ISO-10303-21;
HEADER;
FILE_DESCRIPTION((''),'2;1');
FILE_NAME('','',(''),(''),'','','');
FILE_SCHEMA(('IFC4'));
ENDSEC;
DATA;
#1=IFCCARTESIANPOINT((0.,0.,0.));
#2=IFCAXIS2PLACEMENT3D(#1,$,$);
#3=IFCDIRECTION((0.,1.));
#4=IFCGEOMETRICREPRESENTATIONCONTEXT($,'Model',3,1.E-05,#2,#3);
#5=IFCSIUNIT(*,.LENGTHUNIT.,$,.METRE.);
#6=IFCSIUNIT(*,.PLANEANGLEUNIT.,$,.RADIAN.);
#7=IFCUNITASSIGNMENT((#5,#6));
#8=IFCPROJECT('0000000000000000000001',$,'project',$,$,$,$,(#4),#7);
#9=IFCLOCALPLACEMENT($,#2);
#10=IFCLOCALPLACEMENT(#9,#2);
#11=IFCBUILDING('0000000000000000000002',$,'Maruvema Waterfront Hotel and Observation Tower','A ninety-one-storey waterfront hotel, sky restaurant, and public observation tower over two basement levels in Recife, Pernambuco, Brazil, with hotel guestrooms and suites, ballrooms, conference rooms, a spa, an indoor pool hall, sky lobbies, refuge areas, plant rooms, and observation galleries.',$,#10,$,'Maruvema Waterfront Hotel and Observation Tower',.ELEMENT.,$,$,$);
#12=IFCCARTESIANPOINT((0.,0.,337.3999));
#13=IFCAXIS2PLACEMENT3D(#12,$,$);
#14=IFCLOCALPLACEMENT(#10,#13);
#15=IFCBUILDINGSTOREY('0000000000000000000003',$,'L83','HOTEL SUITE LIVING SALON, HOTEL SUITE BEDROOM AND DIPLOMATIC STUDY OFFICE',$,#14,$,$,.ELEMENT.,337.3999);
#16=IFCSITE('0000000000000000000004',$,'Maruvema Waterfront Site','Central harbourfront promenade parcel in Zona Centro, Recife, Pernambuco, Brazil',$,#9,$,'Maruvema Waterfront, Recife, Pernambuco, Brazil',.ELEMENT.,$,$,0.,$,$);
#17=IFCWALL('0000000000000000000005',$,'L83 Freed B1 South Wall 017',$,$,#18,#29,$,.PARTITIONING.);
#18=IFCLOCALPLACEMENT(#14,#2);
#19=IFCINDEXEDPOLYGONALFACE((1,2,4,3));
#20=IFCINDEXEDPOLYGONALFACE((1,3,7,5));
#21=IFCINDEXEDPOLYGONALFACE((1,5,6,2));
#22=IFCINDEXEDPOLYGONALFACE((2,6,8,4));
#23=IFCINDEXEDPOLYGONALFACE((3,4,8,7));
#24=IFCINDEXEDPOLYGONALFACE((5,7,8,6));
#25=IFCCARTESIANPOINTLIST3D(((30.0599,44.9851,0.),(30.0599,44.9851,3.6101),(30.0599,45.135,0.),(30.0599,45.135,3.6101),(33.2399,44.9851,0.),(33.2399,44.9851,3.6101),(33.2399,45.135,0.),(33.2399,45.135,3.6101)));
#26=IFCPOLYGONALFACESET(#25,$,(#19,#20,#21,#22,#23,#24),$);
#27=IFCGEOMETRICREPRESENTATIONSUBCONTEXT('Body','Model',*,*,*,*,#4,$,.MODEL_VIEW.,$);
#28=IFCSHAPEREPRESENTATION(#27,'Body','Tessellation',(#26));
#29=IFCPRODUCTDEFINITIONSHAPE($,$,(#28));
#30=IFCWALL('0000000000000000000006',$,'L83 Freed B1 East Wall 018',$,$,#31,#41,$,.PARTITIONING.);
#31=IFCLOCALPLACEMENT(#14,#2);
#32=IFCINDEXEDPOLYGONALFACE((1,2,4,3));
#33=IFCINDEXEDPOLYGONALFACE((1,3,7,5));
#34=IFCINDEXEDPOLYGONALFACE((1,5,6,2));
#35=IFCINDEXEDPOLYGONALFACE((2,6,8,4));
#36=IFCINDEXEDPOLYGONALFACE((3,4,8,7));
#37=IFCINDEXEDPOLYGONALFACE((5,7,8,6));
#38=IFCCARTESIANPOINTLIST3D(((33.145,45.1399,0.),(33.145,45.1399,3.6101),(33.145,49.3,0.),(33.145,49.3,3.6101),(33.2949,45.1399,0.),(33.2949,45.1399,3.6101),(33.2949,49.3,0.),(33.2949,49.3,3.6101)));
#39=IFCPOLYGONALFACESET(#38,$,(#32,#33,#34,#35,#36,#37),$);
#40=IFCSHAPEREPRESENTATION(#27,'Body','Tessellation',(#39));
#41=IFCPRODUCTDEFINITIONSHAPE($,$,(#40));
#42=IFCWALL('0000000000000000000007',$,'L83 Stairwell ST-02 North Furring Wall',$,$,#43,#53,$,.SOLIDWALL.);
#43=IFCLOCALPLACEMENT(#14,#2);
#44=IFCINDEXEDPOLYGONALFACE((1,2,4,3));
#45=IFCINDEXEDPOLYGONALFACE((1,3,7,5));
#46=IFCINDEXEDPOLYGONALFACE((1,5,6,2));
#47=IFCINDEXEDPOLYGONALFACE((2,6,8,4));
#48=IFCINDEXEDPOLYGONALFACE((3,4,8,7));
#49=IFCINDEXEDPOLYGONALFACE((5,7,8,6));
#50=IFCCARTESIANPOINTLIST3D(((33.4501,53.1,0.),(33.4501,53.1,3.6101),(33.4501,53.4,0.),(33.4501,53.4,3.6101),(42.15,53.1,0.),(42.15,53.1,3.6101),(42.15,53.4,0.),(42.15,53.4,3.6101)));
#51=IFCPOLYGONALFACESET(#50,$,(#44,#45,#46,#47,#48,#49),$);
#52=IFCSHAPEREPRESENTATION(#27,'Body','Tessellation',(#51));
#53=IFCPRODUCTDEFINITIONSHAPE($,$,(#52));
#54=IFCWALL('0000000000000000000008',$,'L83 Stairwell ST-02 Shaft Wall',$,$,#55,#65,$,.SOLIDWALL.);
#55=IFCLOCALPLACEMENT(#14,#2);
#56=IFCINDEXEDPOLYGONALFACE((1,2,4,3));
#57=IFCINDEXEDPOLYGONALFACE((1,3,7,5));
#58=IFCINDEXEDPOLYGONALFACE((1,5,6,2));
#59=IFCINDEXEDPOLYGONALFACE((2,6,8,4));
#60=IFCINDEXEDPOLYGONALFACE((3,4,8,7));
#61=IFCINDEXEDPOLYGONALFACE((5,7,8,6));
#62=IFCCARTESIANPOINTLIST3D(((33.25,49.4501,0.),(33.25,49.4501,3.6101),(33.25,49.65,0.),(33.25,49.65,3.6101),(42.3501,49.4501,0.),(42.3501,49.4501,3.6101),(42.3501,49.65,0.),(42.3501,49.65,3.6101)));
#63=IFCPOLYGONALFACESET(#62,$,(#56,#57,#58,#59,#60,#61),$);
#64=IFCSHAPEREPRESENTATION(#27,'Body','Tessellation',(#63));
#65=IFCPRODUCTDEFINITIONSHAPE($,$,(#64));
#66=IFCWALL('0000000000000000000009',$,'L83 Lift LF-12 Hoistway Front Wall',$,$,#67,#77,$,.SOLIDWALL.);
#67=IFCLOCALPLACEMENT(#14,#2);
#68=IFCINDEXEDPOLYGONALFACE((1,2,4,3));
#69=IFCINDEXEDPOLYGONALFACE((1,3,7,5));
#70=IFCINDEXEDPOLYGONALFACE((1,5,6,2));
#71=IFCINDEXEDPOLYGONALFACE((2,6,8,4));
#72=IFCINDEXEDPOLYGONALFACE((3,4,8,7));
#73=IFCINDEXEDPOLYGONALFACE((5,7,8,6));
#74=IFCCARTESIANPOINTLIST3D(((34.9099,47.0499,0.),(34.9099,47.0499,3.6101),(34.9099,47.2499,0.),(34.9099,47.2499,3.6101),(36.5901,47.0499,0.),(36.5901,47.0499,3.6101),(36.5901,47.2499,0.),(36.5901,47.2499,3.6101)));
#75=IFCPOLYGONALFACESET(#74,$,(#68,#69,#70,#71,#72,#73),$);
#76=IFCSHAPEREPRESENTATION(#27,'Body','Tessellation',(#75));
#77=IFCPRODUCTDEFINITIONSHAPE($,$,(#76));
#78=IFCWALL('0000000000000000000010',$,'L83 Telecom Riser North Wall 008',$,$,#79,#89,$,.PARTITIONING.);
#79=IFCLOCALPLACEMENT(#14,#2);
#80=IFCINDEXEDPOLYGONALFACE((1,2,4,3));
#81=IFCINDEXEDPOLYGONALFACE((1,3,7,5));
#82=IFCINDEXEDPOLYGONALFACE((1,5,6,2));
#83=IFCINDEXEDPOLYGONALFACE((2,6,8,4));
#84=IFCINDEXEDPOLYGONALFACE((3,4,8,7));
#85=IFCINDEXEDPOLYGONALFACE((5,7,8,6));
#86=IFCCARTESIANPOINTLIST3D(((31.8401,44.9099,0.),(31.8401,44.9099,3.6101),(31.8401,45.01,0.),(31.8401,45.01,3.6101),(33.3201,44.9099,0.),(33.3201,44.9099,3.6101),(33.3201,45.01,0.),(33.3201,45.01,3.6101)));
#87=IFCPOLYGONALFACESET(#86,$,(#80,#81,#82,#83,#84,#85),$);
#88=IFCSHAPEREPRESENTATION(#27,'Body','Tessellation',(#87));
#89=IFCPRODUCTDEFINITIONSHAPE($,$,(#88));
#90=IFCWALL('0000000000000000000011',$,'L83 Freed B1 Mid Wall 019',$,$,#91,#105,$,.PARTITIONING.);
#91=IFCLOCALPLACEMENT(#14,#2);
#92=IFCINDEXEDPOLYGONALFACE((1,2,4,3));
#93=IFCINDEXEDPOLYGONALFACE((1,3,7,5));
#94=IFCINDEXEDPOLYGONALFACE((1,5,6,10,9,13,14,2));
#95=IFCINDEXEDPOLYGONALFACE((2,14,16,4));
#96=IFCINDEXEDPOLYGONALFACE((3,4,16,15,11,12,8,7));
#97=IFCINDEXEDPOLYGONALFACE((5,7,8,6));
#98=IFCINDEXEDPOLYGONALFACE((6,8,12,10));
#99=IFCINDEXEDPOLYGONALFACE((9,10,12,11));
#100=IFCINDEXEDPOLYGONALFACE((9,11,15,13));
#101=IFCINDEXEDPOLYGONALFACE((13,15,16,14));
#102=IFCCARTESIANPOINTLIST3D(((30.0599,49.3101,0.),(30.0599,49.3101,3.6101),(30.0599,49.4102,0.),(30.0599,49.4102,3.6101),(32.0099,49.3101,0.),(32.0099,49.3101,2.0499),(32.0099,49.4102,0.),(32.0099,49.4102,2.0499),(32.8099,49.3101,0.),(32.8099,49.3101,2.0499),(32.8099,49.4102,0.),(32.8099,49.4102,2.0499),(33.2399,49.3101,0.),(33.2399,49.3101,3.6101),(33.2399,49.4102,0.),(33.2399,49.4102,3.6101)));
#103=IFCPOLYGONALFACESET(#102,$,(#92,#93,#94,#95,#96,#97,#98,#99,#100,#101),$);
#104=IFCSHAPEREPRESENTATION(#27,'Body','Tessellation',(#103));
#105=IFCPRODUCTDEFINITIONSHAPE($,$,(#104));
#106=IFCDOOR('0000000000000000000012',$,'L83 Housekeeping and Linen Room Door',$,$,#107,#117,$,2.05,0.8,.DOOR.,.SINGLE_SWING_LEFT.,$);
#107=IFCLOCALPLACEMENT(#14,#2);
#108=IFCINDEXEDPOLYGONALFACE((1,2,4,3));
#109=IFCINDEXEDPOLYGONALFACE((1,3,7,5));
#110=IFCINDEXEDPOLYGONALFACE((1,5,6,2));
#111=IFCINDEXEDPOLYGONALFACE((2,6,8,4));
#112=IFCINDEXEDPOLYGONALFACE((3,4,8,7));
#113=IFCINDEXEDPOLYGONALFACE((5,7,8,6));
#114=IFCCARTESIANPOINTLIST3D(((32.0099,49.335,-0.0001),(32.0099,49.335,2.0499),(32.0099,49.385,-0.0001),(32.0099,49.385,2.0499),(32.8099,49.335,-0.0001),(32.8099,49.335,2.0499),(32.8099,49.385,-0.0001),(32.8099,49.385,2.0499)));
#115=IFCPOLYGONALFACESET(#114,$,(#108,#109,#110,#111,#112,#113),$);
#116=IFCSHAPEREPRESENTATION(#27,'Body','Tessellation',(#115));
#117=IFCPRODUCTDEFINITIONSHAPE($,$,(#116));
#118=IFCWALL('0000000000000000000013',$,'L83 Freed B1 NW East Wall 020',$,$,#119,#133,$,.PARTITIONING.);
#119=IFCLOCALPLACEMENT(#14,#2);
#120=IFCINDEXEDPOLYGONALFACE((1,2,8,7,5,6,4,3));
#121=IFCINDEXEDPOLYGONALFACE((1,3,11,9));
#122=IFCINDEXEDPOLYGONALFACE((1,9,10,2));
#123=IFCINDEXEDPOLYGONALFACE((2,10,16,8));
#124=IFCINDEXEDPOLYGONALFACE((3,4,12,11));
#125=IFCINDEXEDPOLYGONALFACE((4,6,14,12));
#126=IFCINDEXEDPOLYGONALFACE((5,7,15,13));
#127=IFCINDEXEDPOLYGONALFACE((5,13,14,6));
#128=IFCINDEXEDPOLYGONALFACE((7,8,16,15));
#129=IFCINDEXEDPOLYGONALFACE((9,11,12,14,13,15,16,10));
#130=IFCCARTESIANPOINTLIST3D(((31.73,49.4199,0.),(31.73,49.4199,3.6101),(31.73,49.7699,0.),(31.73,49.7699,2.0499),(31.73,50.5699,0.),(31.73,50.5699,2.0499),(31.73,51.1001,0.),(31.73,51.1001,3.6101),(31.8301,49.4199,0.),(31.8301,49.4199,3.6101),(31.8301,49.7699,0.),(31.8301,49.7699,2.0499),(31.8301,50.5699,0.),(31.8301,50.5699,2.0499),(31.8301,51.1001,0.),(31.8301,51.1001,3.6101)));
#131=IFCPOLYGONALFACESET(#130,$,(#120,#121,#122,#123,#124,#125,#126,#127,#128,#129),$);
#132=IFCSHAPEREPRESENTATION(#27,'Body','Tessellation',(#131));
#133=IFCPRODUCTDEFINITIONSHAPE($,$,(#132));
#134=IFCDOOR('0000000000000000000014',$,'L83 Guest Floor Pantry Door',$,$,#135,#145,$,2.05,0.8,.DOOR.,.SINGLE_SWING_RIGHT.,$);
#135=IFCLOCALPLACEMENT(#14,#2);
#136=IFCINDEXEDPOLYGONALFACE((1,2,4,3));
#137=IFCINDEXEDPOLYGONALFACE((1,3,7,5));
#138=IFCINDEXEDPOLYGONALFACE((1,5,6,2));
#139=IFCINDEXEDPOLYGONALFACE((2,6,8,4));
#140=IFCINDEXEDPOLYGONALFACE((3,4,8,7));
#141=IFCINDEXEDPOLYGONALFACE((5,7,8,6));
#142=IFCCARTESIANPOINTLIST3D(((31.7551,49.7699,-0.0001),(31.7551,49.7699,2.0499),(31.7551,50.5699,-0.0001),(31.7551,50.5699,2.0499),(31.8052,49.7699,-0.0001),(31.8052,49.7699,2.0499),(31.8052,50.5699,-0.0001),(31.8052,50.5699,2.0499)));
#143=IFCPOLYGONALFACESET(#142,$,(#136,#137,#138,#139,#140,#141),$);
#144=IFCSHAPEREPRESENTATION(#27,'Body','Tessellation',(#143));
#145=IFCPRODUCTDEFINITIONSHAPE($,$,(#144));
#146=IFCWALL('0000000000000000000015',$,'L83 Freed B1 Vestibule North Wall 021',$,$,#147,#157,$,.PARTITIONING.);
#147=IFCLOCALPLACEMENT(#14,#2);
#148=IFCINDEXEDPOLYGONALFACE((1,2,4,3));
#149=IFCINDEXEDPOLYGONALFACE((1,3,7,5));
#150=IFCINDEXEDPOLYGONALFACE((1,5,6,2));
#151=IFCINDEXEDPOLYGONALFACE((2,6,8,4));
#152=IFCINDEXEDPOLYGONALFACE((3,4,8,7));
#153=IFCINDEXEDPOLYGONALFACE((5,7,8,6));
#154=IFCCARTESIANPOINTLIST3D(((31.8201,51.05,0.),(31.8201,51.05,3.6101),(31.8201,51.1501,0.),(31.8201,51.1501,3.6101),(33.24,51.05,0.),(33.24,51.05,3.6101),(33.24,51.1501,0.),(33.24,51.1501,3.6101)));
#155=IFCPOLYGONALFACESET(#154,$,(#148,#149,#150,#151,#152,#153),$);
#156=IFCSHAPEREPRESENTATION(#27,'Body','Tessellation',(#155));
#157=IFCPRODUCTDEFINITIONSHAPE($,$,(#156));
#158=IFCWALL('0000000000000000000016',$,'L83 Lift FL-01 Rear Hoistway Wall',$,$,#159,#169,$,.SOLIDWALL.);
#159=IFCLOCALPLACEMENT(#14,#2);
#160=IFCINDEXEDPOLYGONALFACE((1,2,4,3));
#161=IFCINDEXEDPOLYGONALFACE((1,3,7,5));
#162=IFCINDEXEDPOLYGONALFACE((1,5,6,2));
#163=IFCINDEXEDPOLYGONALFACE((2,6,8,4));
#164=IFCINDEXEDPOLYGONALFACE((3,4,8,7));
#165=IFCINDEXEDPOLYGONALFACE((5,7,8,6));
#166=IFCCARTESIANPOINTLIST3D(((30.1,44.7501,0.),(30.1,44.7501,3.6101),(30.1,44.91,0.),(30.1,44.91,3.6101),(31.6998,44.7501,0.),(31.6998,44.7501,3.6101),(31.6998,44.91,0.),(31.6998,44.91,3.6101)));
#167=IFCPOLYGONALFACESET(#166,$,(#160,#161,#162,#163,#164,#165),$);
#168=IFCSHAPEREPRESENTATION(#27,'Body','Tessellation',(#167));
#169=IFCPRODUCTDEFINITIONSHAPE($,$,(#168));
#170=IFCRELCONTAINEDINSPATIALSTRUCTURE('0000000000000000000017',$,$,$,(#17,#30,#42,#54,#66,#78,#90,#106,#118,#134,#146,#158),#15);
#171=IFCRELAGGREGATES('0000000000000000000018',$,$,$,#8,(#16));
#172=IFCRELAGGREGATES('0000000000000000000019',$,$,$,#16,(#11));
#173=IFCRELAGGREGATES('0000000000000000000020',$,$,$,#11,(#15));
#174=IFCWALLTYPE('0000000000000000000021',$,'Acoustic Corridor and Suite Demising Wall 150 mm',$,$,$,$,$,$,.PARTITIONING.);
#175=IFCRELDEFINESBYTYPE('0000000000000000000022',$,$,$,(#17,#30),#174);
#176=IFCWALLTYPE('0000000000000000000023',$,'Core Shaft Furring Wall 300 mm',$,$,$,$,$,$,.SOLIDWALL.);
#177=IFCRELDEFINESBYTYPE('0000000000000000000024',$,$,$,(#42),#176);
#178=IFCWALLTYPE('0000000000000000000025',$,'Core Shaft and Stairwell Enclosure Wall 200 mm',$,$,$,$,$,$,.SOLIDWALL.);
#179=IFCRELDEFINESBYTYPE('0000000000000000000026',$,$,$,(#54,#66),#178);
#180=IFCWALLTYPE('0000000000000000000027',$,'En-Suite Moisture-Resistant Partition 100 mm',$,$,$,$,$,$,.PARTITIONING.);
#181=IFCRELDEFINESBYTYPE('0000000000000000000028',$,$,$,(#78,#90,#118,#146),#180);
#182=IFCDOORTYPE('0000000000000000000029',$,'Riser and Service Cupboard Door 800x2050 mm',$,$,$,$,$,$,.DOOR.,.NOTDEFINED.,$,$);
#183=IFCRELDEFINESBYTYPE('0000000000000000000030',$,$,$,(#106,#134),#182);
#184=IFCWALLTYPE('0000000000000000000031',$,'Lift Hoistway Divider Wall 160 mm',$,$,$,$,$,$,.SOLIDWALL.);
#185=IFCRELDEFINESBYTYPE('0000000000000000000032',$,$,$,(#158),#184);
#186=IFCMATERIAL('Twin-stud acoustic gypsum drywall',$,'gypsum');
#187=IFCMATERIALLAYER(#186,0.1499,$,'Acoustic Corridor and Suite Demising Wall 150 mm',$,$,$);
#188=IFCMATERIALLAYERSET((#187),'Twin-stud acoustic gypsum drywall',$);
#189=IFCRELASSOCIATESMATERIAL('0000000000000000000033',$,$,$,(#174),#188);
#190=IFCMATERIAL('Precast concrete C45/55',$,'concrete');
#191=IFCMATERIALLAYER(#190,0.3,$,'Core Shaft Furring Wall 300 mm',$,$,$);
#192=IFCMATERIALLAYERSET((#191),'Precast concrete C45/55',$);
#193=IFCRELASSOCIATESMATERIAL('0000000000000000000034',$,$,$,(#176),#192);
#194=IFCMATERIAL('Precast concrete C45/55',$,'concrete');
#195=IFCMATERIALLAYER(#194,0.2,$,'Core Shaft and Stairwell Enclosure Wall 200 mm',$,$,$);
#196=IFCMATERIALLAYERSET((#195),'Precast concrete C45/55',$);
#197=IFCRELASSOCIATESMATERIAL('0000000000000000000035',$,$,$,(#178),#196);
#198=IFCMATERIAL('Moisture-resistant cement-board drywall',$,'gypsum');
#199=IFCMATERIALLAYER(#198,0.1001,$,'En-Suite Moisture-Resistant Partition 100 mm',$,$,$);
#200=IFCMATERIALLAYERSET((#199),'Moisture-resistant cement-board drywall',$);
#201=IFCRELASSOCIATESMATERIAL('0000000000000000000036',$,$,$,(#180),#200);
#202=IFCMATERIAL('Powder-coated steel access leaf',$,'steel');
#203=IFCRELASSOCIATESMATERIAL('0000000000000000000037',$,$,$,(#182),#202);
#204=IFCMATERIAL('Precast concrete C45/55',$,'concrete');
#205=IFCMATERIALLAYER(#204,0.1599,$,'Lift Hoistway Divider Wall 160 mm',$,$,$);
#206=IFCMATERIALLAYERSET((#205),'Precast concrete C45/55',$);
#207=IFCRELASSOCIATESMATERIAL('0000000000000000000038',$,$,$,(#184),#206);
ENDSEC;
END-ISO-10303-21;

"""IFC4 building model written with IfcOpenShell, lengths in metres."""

from ifc_helpers import new_model, si_unit, direction, frame, frame_2d, origin, place, context, subcontext, project, spatial, rectangle, extrude, material, layer, layer_set, type_object, element, fill, save


model = new_model("IFC4")

# Units and contexts
model_context = context("Model", 3, precision=1e-05, world=origin(), true_north=direction((0.0, 1.0)))
body_context = subcontext(model_context, "Body", "Model", "MODEL_VIEW")
ifc_project = project(units=[si_unit("LENGTHUNIT", "METRE"), si_unit("PLANEANGLEUNIT", "RADIAN")], contexts=[model_context])

# Site, building, storey
site_placement = place(None, origin())
site = spatial("IfcSite", under=ifc_project, at=site_placement, Name="Maruvema Waterfront Site", Description="Central harbourfront promenade parcel in Zona Centro, Recife, Pernambuco, Brazil", LongName="Maruvema Waterfront, Recife, Pernambuco, Brazil", CompositionType="ELEMENT", RefElevation=0.0)
building_placement = place(site_placement, origin())
building = spatial("IfcBuilding", under=site, at=building_placement, Name="Maruvema Waterfront Hotel and Observation Tower", Description="A ninety-one-storey waterfront hotel, sky restaurant, and public observation tower over two basement levels in Recife, Pernambuco, Brazil, with hotel guestrooms and suites, ballrooms, conference rooms, a spa, an indoor pool hall, sky lobbies, refuge areas, plant rooms, and observation galleries.", LongName="Maruvema Waterfront Hotel and Observation Tower", CompositionType="ELEMENT")
storey_placement = place(building_placement, frame((0.0, 0.0, 337.3999)))
storey = spatial("IfcBuildingStorey", under=building, at=storey_placement, Name="L83", Description="HOTEL SUITE LIVING SALON, HOTEL SUITE BEDROOM AND DIPLOMATIC STUDY OFFICE", CompositionType="ELEMENT", Elevation=337.3999)

# Walls
ifc_material_1 = material(Name="Twin-stud acoustic gypsum drywall", Category="gypsum")
ifc_layer_1 = layer(ifc_material_1, 0.1499, Name="Acoustic Corridor and Suite Demising Wall 150 mm")
ifc_layer_set_1 = layer_set([ifc_layer_1], Name="Twin-stud acoustic gypsum drywall")
wall_type_1 = type_object("IfcWallType", Name="Acoustic Corridor and Suite Demising Wall 150 mm", PredefinedType="PARTITIONING", material=ifc_layer_set_1)
wall_1_placement = place(storey_placement, frame((30.0601, 45.0601, 0.0), z_axis=(0.0, 0.0, 1.0), x_axis=(1.0, 0.0, 0.0)))
element("IfcWall", 1, at=wall_1_placement, inside=storey, type_object=wall_type_1, Name="L83 Freed B1 South Wall 017", PredefinedType="PARTITIONING", context=body_context, shape_type="SweptSolid", body=[
    extrude(rectangle(XDim=3.1799, YDim=0.1499, at=frame_2d((1.5898, 0.0))), origin(), (0.0, 0.0, 1.0), 3.6101),
])
wall_2_placement = place(storey_placement, frame((33.22, 45.1399, 0.0), z_axis=(0.0, 0.0, 1.0), x_axis=(0.0, 1.0, 0.0)))
element("IfcWall", 2, at=wall_2_placement, inside=storey, type_object=wall_type_1, Name="L83 Freed B1 East Wall 018", PredefinedType="PARTITIONING", context=body_context, shape_type="SweptSolid", body=[
    extrude(rectangle(XDim=4.1602, YDim=0.1499, at=frame_2d((2.0801, 0.0))), origin(), (0.0, 0.0, 1.0), 3.6101),
])
ifc_material_2 = material(Name="Precast concrete C45/55", Category="concrete")
ifc_layer_2 = layer(ifc_material_2, 0.3, Name="Core Shaft Furring Wall 300 mm")
ifc_layer_set_2 = layer_set([ifc_layer_2], Name="Precast concrete C45/55")
wall_type_2 = type_object("IfcWallType", Name="Core Shaft Furring Wall 300 mm", PredefinedType="SOLIDWALL", material=ifc_layer_set_2)
wall_3_placement = place(storey_placement, frame((33.45, 53.25, 0.0), z_axis=(0.0, 0.0, 1.0), x_axis=(1.0, 0.0, 0.0)))
element("IfcWall", 3, at=wall_3_placement, inside=storey, type_object=wall_type_2, Name="L83 Stairwell ST-02 North Furring Wall", PredefinedType="SOLIDWALL", context=body_context, shape_type="SweptSolid", body=[
    extrude(rectangle(XDim=8.7, YDim=0.3, at=frame_2d((4.3501, 0.0))), origin(), (0.0, 0.0, 1.0), 3.6101),
])
ifc_material_3 = material(Name="Precast concrete C45/55", Category="concrete")
ifc_layer_3 = layer(ifc_material_3, 0.2, Name="Core Shaft and Stairwell Enclosure Wall 200 mm")
ifc_layer_set_3 = layer_set([ifc_layer_3], Name="Precast concrete C45/55")
wall_type_3 = type_object("IfcWallType", Name="Core Shaft and Stairwell Enclosure Wall 200 mm", PredefinedType="SOLIDWALL", material=ifc_layer_set_3)
wall_4_placement = place(storey_placement, frame((33.25, 49.55, 0.0), z_axis=(0.0, 0.0, 1.0), x_axis=(1.0, 0.0, 0.0)))
element("IfcWall", 4, at=wall_4_placement, inside=storey, type_object=wall_type_3, Name="L83 Stairwell ST-02 Shaft Wall", PredefinedType="SOLIDWALL", context=body_context, shape_type="SweptSolid", body=[
    extrude(rectangle(XDim=9.1001, YDim=0.2, at=frame_2d((4.55, 0.0))), origin(), (0.0, 0.0, 1.0), 3.6101),
])

# Walls
wall_5_placement = place(storey_placement, frame((34.9099, 47.1499, 0.0), z_axis=(0.0, 0.0, 1.0), x_axis=(1.0, 0.0, 0.0)))
element("IfcWall", 5, at=wall_5_placement, inside=storey, type_object=wall_type_3, Name="L83 Lift LF-12 Hoistway Front Wall", PredefinedType="SOLIDWALL", context=body_context, shape_type="SweptSolid", body=[
    extrude(rectangle(XDim=1.6802, YDim=0.2, at=frame_2d((0.8401, 0.0))), origin(), (0.0, 0.0, 1.0), 3.6101),
])
ifc_material_4 = material(Name="Moisture-resistant cement-board drywall", Category="gypsum")
ifc_layer_4 = layer(ifc_material_4, 0.1001, Name="En-Suite Moisture-Resistant Partition 100 mm")
ifc_layer_set_4 = layer_set([ifc_layer_4], Name="Moisture-resistant cement-board drywall")
wall_type_4 = type_object("IfcWallType", Name="En-Suite Moisture-Resistant Partition 100 mm", PredefinedType="PARTITIONING", material=ifc_layer_set_4)
wall_6_placement = place(storey_placement, frame((31.8401, 44.96, 0.0), z_axis=(0.0, 0.0, 1.0), x_axis=(1.0, 0.0, 0.0)))
element("IfcWall", 6, at=wall_6_placement, inside=storey, type_object=wall_type_4, Name="L83 Telecom Riser North Wall 008", PredefinedType="PARTITIONING", context=body_context, shape_type="SweptSolid", body=[
    extrude(rectangle(XDim=1.48, YDim=0.1001, at=frame_2d((0.74, 0.0))), origin(), (0.0, 0.0, 1.0), 3.6101),
])

# Walls, openings, doors
wall_7_placement = place(storey_placement, frame((30.0601, 49.3601, 0.0), z_axis=(0.0, 0.0, 1.0), x_axis=(1.0, 0.0, 0.0)))
wall_7 = element("IfcWall", 7, at=wall_7_placement, inside=storey, type_object=wall_type_4, Name="L83 Freed B1 Mid Wall 019", PredefinedType="PARTITIONING", context=body_context, shape_type="SweptSolid", body=[
    extrude(rectangle(XDim=3.1799, YDim=0.1001, at=frame_2d((1.5898, 0.0))), origin(), (0.0, 0.0, 1.0), 3.6101),
])
opening_1_placement = place(wall_7_placement, frame((1.95, 0.0, 0.0)))
opening_1 = element("IfcOpeningElement", 8, at=opening_1_placement, cuts=wall_7, PredefinedType="OPENING", context=body_context, shape_type="SweptSolid", body=[
    extrude(rectangle(XDim=0.8, YDim=2.05, at=frame_2d((0.3999, 1.0249))), frame((0.0, 0.0601, 0.0), z_axis=(0.0, -1.0, 0.0), x_axis=(1.0, 0.0, 0.0)), (0.0, 0.0, 1.0), 0.1201),
])
ifc_material_5 = material(Name="Powder-coated steel access leaf", Category="steel")
door_type_1 = type_object("IfcDoorType", Name="Riser and Service Cupboard Door 800x2050 mm", OperationType="NOTDEFINED", PredefinedType="DOOR", material=ifc_material_5)
door_1_placement = place(opening_1_placement, origin())
door_1 = element("IfcDoor", 9, at=door_1_placement, inside=storey, type_object=door_type_1, Name="L83 Housekeeping and Linen Room Door", OperationType="SINGLE_SWING_LEFT", OverallHeight=2.05, OverallWidth=0.8, PredefinedType="DOOR", context=body_context, shape_type="SweptSolid", body=[
    extrude(rectangle(XDim=0.8, YDim=2.05, at=frame_2d((0.3999, 1.0249))), frame((0.0, 0.0249, 0.0), z_axis=(0.0, -1.0, 0.0), x_axis=(1.0, 0.0, 0.0)), (0.0, 0.0, 1.0), 0.05),
])
fill(opening_1, door_1)
wall_8_placement = place(storey_placement, frame((31.78, 49.4199, 0.0), z_axis=(0.0, 0.0, 1.0), x_axis=(0.0, 1.0, 0.0)))
wall_8 = element("IfcWall", 10, at=wall_8_placement, inside=storey, type_object=wall_type_4, Name="L83 Freed B1 NW East Wall 020", PredefinedType="PARTITIONING", context=body_context, shape_type="SweptSolid", body=[
    extrude(rectangle(XDim=1.6802, YDim=0.1001, at=frame_2d((0.8401, 0.0))), origin(), (0.0, 0.0, 1.0), 3.6101),
])
opening_2_placement = place(wall_8_placement, frame((0.3501, 0.0, 0.0)))
opening_2 = element("IfcOpeningElement", 11, at=opening_2_placement, cuts=wall_8, PredefinedType="OPENING", context=body_context, shape_type="SweptSolid", body=[
    extrude(rectangle(XDim=0.8, YDim=2.05, at=frame_2d((0.3999, 1.0249))), frame((0.0, 0.0601, 0.0), z_axis=(0.0, -1.0, 0.0), x_axis=(1.0, 0.0, 0.0)), (0.0, 0.0, 1.0), 0.1201),
])
door_2_placement = place(opening_2_placement, origin())
door_2 = element("IfcDoor", 12, at=door_2_placement, inside=storey, type_object=door_type_1, Name="L83 Guest Floor Pantry Door", OperationType="SINGLE_SWING_RIGHT", OverallHeight=2.05, OverallWidth=0.8, PredefinedType="DOOR", context=body_context, shape_type="SweptSolid", body=[
    extrude(rectangle(XDim=0.8, YDim=2.05, at=frame_2d((0.3999, 1.0249))), frame((0.0, 0.0249, 0.0), z_axis=(0.0, -1.0, 0.0), x_axis=(1.0, 0.0, 0.0)), (0.0, 0.0, 1.0), 0.05),
])
fill(opening_2, door_2)

# Walls
wall_9_placement = place(storey_placement, frame((31.8201, 51.1001, 0.0), z_axis=(0.0, 0.0, 1.0), x_axis=(1.0, 0.0, 0.0)))
element("IfcWall", 13, at=wall_9_placement, inside=storey, type_object=wall_type_4, Name="L83 Freed B1 Vestibule North Wall 021", PredefinedType="PARTITIONING", context=body_context, shape_type="SweptSolid", body=[
    extrude(rectangle(XDim=1.4199, YDim=0.1001, at=frame_2d((0.71, 0.0))), origin(), (0.0, 0.0, 1.0), 3.6101),
])
ifc_material_6 = material(Name="Precast concrete C45/55", Category="concrete")
ifc_layer_5 = layer(ifc_material_6, 0.1599, Name="Lift Hoistway Divider Wall 160 mm")
ifc_layer_set_5 = layer_set([ifc_layer_5], Name="Precast concrete C45/55")
wall_type_5 = type_object("IfcWallType", Name="Lift Hoistway Divider Wall 160 mm", PredefinedType="SOLIDWALL", material=ifc_layer_set_5)
wall_10_placement = place(storey_placement, frame((30.1001, 44.8301, 0.0), z_axis=(0.0, 0.0, 1.0), x_axis=(1.0, 0.0, 0.0)))
element("IfcWall", 14, at=wall_10_placement, inside=storey, type_object=wall_type_5, Name="L83 Lift FL-01 Rear Hoistway Wall", PredefinedType="SOLIDWALL", context=body_context, shape_type="SweptSolid", body=[
    extrude(rectangle(XDim=1.5999, YDim=0.1599, at=frame_2d((0.7998, 0.0))), origin(), (0.0, 0.0, 1.0), 3.6101),
])

save(model, "model.ifc")
